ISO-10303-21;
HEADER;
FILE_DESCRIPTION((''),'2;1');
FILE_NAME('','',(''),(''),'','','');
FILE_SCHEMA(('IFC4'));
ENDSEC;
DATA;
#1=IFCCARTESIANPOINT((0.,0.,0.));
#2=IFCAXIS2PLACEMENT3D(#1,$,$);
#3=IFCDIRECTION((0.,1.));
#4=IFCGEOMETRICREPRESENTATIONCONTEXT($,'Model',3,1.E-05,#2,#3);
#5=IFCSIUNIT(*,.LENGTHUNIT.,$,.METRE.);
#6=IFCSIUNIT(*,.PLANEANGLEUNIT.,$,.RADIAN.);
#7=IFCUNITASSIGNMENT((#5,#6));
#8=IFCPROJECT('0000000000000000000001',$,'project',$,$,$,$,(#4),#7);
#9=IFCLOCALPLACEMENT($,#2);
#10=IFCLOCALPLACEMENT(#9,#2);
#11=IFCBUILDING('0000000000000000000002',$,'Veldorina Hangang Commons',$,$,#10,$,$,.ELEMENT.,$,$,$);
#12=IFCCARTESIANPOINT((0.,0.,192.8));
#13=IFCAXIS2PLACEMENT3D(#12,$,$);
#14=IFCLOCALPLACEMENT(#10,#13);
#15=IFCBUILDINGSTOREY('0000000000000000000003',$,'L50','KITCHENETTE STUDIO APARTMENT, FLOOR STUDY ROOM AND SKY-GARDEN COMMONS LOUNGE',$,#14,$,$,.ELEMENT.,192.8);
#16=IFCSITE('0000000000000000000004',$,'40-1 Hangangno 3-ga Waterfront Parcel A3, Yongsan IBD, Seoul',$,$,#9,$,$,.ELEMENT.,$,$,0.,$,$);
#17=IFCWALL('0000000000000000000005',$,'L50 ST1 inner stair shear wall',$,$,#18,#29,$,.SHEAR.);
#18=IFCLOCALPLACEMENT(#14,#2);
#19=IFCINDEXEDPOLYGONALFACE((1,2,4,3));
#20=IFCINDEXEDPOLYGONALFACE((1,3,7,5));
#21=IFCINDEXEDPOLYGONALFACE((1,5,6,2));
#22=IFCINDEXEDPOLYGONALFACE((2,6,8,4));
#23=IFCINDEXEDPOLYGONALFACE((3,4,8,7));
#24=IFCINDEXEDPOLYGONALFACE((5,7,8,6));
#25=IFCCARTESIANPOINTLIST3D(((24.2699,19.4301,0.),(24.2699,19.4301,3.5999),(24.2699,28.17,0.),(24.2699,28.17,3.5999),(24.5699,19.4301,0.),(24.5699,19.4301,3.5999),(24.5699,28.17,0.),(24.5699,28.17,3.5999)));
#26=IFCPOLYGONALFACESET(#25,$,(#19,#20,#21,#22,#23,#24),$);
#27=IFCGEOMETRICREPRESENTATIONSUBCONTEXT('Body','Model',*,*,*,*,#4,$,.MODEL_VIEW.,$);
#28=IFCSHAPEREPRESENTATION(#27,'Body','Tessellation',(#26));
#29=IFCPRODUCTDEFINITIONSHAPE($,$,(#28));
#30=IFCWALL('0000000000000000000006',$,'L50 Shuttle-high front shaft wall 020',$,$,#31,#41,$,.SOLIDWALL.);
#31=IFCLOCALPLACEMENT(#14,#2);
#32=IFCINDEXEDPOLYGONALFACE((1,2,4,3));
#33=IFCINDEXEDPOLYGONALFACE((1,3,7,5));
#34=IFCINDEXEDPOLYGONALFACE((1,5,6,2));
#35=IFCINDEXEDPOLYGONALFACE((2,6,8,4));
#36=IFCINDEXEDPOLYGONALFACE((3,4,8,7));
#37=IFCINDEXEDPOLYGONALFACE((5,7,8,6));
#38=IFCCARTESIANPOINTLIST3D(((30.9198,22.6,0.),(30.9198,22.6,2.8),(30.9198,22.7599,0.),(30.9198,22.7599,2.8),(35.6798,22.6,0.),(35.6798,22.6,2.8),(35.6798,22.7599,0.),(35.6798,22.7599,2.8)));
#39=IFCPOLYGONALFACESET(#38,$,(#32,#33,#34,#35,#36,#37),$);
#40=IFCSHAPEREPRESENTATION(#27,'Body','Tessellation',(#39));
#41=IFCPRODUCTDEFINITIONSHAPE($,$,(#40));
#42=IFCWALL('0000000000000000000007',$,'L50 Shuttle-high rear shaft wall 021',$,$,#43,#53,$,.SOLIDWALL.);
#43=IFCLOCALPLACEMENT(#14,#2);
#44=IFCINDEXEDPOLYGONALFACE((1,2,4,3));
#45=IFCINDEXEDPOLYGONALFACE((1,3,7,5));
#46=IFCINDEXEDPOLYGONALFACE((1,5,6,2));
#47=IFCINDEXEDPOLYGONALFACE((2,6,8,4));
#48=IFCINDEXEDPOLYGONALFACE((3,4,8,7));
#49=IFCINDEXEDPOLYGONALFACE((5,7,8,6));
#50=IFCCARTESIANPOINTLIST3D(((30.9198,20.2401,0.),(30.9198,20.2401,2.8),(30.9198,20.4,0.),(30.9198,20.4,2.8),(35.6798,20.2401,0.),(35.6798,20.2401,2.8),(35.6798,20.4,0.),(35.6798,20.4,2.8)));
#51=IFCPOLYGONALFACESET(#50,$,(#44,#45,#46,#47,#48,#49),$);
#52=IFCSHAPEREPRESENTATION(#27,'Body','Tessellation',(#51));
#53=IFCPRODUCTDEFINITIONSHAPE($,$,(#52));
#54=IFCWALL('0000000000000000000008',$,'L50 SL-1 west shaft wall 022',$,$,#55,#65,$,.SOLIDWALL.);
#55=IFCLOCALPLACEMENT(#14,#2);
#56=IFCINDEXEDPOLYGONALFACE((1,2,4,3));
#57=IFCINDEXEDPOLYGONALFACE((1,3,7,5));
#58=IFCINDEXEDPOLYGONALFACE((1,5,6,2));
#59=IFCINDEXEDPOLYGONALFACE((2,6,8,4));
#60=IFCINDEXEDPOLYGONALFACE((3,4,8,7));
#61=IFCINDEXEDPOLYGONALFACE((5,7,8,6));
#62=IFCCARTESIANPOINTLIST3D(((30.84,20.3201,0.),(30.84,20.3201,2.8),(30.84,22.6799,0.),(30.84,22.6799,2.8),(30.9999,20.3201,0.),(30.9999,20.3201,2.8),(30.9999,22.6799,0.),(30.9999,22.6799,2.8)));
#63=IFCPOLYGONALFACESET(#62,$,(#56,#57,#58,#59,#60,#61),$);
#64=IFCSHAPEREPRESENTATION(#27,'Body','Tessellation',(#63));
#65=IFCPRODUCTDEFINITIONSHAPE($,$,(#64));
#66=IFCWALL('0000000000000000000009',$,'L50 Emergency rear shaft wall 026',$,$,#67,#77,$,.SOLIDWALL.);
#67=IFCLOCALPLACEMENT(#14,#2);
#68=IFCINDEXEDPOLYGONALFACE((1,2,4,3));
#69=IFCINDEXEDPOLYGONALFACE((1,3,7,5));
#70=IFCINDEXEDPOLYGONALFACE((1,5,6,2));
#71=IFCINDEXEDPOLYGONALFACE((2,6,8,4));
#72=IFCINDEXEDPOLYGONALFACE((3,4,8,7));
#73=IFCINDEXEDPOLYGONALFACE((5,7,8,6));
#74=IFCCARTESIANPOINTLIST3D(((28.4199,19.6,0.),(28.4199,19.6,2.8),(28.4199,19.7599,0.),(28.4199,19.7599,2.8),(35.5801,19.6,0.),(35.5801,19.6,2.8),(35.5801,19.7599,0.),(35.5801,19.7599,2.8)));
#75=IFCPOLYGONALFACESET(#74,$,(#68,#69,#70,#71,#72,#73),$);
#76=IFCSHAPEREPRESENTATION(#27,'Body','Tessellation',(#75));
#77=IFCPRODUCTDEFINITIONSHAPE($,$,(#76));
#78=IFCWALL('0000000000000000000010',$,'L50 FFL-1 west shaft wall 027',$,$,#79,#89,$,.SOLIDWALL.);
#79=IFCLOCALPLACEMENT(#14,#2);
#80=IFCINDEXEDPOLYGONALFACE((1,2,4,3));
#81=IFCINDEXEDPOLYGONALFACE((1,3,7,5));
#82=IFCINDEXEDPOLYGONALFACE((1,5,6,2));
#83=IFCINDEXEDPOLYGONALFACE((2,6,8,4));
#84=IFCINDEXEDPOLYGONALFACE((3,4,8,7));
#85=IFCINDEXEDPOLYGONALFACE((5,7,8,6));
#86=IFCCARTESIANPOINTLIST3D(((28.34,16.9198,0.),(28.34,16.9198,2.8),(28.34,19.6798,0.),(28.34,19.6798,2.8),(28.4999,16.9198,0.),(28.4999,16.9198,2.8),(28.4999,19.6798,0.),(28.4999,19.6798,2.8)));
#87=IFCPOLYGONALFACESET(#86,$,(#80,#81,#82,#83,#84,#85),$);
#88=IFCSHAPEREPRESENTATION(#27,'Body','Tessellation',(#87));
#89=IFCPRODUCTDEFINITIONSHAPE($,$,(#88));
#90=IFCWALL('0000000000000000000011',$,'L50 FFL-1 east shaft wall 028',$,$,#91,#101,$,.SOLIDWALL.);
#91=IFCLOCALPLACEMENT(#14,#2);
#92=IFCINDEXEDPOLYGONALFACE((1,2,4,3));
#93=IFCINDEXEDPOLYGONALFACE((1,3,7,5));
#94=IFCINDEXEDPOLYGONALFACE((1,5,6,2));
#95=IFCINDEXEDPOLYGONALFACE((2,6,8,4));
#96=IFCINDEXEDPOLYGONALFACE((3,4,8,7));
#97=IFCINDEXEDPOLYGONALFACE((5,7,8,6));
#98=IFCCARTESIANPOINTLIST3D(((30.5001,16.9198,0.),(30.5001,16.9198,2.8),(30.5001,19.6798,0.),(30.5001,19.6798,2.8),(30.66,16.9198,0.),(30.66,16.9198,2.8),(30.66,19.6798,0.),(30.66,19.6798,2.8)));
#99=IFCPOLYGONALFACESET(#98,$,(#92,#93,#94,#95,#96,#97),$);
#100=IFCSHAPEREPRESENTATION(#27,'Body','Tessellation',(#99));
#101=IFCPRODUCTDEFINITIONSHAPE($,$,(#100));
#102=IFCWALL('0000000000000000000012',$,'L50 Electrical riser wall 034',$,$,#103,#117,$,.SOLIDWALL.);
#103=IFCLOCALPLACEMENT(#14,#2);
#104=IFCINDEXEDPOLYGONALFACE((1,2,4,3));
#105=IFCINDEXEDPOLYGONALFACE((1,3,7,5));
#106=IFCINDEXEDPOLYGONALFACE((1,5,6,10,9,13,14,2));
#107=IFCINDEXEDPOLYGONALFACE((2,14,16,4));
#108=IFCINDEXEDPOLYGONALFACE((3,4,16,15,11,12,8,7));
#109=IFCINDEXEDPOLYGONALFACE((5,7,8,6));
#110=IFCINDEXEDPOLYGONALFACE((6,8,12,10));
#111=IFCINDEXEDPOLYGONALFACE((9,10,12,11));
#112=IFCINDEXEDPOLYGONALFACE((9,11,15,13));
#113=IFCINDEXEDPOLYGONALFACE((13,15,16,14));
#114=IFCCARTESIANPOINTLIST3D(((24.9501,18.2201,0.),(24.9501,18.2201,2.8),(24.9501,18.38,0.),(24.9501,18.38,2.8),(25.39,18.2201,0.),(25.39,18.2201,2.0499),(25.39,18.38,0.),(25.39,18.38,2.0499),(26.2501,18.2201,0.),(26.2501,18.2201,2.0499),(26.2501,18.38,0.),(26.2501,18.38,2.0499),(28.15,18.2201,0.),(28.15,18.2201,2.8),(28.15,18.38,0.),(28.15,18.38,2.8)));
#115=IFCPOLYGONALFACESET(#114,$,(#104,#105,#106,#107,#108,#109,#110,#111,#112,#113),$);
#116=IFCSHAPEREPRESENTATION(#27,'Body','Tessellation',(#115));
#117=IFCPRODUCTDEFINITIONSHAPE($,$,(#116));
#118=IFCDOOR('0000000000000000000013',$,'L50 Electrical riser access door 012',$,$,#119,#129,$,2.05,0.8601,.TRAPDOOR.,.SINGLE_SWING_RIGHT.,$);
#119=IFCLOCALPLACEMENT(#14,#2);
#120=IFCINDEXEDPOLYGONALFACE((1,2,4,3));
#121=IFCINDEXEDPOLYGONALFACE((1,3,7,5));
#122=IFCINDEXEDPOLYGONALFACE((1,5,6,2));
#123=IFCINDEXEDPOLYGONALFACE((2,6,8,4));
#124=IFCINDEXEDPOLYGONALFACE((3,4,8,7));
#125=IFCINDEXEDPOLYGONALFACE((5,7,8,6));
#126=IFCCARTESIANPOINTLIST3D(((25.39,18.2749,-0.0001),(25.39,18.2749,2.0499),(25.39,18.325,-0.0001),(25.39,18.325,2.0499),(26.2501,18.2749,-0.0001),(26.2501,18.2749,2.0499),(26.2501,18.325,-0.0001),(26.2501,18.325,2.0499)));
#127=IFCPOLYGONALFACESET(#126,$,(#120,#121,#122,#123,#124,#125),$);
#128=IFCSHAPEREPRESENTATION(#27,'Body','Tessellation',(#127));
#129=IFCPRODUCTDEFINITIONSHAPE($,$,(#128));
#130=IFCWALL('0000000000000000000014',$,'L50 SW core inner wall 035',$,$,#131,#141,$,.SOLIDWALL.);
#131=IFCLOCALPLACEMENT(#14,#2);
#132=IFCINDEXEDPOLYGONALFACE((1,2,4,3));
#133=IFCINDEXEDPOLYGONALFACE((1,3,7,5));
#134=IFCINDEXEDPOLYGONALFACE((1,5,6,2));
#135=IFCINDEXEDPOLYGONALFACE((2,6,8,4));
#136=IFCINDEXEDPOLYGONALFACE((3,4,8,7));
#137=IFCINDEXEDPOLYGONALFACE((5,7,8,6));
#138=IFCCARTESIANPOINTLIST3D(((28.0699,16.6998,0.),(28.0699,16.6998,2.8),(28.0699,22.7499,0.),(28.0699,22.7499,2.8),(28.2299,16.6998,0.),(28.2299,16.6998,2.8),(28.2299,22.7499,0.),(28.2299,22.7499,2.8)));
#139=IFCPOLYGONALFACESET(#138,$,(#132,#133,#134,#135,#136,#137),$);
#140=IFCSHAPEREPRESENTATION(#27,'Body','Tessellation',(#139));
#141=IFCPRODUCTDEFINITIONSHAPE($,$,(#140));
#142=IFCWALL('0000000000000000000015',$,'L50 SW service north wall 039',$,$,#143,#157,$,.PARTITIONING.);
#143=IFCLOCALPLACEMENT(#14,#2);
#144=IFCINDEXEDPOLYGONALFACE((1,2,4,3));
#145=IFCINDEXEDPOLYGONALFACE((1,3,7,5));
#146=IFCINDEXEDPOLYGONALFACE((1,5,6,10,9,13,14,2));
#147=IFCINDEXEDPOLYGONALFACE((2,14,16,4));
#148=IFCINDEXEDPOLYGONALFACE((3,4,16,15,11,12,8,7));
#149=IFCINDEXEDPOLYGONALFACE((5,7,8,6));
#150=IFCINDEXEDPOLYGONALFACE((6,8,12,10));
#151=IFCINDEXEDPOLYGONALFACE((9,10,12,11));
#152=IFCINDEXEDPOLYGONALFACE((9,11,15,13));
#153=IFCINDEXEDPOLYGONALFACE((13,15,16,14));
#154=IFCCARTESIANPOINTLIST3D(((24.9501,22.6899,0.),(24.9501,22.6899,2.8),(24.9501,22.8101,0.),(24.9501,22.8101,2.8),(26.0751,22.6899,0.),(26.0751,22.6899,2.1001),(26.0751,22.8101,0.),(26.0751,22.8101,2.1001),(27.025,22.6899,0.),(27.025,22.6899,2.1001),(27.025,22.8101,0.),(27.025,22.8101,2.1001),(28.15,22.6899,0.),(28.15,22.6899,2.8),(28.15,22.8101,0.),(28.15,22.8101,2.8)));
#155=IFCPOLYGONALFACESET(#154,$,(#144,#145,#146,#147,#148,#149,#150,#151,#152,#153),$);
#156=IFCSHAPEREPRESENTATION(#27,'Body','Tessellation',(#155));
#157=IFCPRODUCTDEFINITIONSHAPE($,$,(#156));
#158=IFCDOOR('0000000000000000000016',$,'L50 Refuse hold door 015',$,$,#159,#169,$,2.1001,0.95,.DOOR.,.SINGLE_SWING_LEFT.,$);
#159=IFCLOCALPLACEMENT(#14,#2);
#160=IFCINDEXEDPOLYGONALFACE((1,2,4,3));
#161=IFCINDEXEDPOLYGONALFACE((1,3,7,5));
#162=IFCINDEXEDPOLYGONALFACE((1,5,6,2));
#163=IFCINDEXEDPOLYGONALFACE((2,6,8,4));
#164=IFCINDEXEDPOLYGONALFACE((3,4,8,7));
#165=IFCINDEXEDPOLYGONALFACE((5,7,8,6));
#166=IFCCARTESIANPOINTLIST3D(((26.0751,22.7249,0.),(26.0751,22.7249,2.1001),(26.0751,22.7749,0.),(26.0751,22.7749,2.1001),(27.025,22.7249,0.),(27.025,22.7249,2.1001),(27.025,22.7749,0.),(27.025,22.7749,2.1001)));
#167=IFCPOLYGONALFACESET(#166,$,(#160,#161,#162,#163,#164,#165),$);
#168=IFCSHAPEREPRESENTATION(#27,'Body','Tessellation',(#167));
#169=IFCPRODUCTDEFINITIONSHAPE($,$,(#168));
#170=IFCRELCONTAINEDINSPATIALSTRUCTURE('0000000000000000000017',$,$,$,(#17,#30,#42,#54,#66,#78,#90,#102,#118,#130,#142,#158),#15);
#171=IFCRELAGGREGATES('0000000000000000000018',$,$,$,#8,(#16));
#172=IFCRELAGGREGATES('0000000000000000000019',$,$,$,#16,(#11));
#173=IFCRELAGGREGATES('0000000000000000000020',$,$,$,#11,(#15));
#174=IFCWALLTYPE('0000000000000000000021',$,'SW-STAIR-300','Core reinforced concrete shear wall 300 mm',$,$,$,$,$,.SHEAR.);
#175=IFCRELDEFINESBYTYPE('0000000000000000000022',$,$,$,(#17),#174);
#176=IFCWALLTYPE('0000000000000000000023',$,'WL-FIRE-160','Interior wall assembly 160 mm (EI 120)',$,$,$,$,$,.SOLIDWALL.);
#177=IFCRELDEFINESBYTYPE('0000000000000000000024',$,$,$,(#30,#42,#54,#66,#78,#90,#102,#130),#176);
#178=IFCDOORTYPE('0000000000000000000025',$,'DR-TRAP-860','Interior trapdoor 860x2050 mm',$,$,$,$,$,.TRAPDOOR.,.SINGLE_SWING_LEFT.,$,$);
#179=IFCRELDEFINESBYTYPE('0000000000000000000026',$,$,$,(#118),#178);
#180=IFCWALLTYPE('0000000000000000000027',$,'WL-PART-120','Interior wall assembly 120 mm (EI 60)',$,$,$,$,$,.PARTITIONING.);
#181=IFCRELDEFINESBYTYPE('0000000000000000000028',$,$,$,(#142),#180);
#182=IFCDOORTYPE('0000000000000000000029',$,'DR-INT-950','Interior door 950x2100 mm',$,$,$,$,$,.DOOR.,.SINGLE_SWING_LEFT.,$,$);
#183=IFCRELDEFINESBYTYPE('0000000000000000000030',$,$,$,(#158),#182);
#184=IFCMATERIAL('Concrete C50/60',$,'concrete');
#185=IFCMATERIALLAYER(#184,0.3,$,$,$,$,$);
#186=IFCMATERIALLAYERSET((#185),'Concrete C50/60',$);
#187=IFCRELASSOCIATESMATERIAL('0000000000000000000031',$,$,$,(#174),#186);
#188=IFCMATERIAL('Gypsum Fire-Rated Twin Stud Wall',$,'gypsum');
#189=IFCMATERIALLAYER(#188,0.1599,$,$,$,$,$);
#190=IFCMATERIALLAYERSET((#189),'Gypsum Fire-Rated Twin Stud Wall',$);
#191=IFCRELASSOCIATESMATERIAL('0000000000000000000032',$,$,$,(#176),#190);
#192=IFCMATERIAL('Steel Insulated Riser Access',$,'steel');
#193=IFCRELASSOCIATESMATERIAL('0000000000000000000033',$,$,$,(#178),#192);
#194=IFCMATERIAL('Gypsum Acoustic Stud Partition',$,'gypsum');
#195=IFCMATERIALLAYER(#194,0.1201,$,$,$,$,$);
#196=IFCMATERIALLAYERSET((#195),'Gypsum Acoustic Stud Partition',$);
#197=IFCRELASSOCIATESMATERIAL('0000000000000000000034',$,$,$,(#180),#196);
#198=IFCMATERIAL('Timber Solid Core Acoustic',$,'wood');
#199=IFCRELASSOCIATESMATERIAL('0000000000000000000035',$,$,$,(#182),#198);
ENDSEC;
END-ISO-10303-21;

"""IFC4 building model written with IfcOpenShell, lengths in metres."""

from ifc_helpers import new_model, si_unit, direction, frame, frame_2d, origin, place, context, subcontext, project, spatial, rectangle, extrude, material, layer, layer_set, type_object, element, fill, save


model = new_model("IFC4")

# Units and contexts
model_context = context("Model", 3, precision=1e-05, world=origin(), true_north=direction((0.0, 1.0)))
body_context = subcontext(model_context, "Body", "Model", "MODEL_VIEW")
ifc_project = project(units=[si_unit("LENGTHUNIT", "METRE"), si_unit("PLANEANGLEUNIT", "RADIAN")], contexts=[model_context])

# Site, building, storey
site_placement = place(None, origin())
site = spatial("IfcSite", under=ifc_project, at=site_placement, Name="40-1 Hangangno 3-ga Waterfront Parcel A3, Yongsan IBD, Seoul", CompositionType="ELEMENT", RefElevation=0.0)
building_placement = place(site_placement, origin())
building = spatial("IfcBuilding", under=site, at=building_placement, Name="Veldorina Hangang Commons", CompositionType="ELEMENT")
storey_placement = place(building_placement, frame((0.0, 0.0, 192.8)))
storey = spatial("IfcBuildingStorey", under=building, at=storey_placement, Name="L50", Description="KITCHENETTE STUDIO APARTMENT, FLOOR STUDY ROOM AND SKY-GARDEN COMMONS LOUNGE", CompositionType="ELEMENT", Elevation=192.8)

# Walls
ifc_material_1 = material(Name="Concrete C50/60", Category="concrete")
ifc_layer_1 = layer(ifc_material_1, 0.3)
ifc_layer_set_1 = layer_set([ifc_layer_1], Name="Concrete C50/60")
wall_type_1 = type_object("IfcWallType", Name="SW-STAIR-300", Description="Core reinforced concrete shear wall 300 mm", PredefinedType="SHEAR", material=ifc_layer_set_1)
wall_1_placement = place(storey_placement, frame((24.4199, 19.4299, 0.0), z_axis=(0.0, 0.0, 1.0), x_axis=(0.0, 1.0, 0.0)))
element("IfcWall", 1, at=wall_1_placement, inside=storey, type_object=wall_type_1, Name="L50 ST1 inner stair shear wall", PredefinedType="SHEAR", context=body_context, shape_type="SweptSolid", body=[
    extrude(rectangle(XDim=8.74, YDim=0.3, at=frame_2d((4.3701, 0.0))), origin(), (0.0, 0.0, 1.0), 3.5999),
])
ifc_material_2 = material(Name="Gypsum Fire-Rated Twin Stud Wall", Category="gypsum")
ifc_layer_2 = layer(ifc_material_2, 0.1599)
ifc_layer_set_2 = layer_set([ifc_layer_2], Name="Gypsum Fire-Rated Twin Stud Wall")
wall_type_2 = type_object("IfcWallType", Name="WL-FIRE-160", Description="Interior wall assembly 160 mm (EI 120)", PredefinedType="SOLIDWALL", material=ifc_layer_set_2)
for number, where, z_axis, x_axis, name in (
    (2, (30.9199, 22.6799, 0.0), (0.0, 0.0, 1.0), (1.0, 0.0, 0.0), "L50 Shuttle-high front shaft wall 020"),
    (3, (30.9199, 20.3201, 0.0), (0.0, 0.0, 1.0), (1.0, 0.0, 0.0), "L50 Shuttle-high rear shaft wall 021"),
):
    element("IfcWall", number, at=place(storey_placement, frame(where, z_axis=z_axis, x_axis=x_axis)), inside=storey, type_object=wall_type_2, Name=name, PredefinedType="SOLIDWALL", context=body_context, shape_type="SweptSolid", body=[
        extrude(rectangle(XDim=4.76, YDim=0.1599, at=frame_2d((2.3799, 0.0))), origin(), (0.0, 0.0, 1.0), 2.8),
    ])
wall_2_placement = place(storey_placement, frame((30.9199, 20.3201, 0.0), z_axis=(0.0, 0.0, 1.0), x_axis=(0.0, 1.0, 0.0)))
element("IfcWall", 4, at=wall_2_placement, inside=storey, type_object=wall_type_2, Name="L50 SL-1 west shaft wall 022", PredefinedType="SOLIDWALL", context=body_context, shape_type="SweptSolid", body=[
    extrude(rectangle(XDim=2.3599, YDim=0.1599, at=frame_2d((1.1799, 0.0))), origin(), (0.0, 0.0, 1.0), 2.8),
])

# Walls
wall_3_placement = place(storey_placement, frame((28.4199, 19.6799, 0.0), z_axis=(0.0, 0.0, 1.0), x_axis=(1.0, 0.0, 0.0)))
element("IfcWall", 5, at=wall_3_placement, inside=storey, type_object=wall_type_2, Name="L50 Emergency rear shaft wall 026", PredefinedType="SOLIDWALL", context=body_context, shape_type="SweptSolid", body=[
    extrude(rectangle(XDim=7.1602, YDim=0.1599, at=frame_2d((3.5801, 0.0))), origin(), (0.0, 0.0, 1.0), 2.8),
])
for number, where, z_axis, x_axis, name in (
    (6, (28.4199, 16.9199, 0.0), (0.0, 0.0, 1.0), (0.0, 1.0, 0.0), "L50 FFL-1 west shaft wall 027"),
    (7, (30.5801, 16.9199, 0.0), (0.0, 0.0, 1.0), (0.0, 1.0, 0.0), "L50 FFL-1 east shaft wall 028"),
):
    element("IfcWall", number, at=place(storey_placement, frame(where, z_axis=z_axis, x_axis=x_axis)), inside=storey, type_object=wall_type_2, Name=name, PredefinedType="SOLIDWALL", context=body_context, shape_type="SweptSolid", body=[
        extrude(rectangle(XDim=2.76, YDim=0.1599, at=frame_2d((1.3799, 0.0))), origin(), (0.0, 0.0, 1.0), 2.8),
    ])

# Wall, opening, door
wall_4_placement = place(storey_placement, frame((24.95, 18.3, 0.0), z_axis=(0.0, 0.0, 1.0), x_axis=(1.0, 0.0, 0.0)))
wall_4 = element("IfcWall", 8, at=wall_4_placement, inside=storey, type_object=wall_type_2, Name="L50 Electrical riser wall 034", PredefinedType="SOLIDWALL", context=body_context, shape_type="SweptSolid", body=[
    extrude(rectangle(XDim=3.2, YDim=0.1599, at=frame_2d((1.6001, 0.0))), origin(), (0.0, 0.0, 1.0), 2.8),
])
opening_1_placement = place(wall_4_placement, frame((0.4399, 0.0, 0.0)))
opening_1 = element("IfcOpeningElement", 9, at=opening_1_placement, cuts=wall_4, PredefinedType="OPENING", context=body_context, shape_type="SweptSolid", body=[
    extrude(rectangle(XDim=0.8601, YDim=2.05, at=frame_2d((0.4302, 1.0249))), frame((0.0, 0.0898, 0.0), z_axis=(0.0, -1.0, 0.0), x_axis=(1.0, 0.0, 0.0)), (0.0, 0.0, 1.0), 0.1799),
])
ifc_material_3 = material(Name="Steel Insulated Riser Access", Category="steel")
door_type_1 = type_object("IfcDoorType", Name="DR-TRAP-860", Description="Interior trapdoor 860x2050 mm", OperationType="SINGLE_SWING_LEFT", PredefinedType="TRAPDOOR", material=ifc_material_3)
door_1_placement = place(opening_1_placement, origin())
door_1 = element("IfcDoor", 10, at=door_1_placement, inside=storey, type_object=door_type_1, Name="L50 Electrical riser access door 012", OperationType="SINGLE_SWING_RIGHT", OverallHeight=2.05, OverallWidth=0.8601, PredefinedType="TRAPDOOR", context=body_context, shape_type="SweptSolid", body=[
    extrude(rectangle(XDim=0.8601, YDim=2.05, at=frame_2d((0.4302, 1.0249))), frame((0.0, 0.0249, 0.0), z_axis=(0.0, -1.0, 0.0), x_axis=(1.0, 0.0, 0.0)), (0.0, 0.0, 1.0), 0.05),
])
fill(opening_1, door_1)

# Wall
wall_5_placement = place(storey_placement, frame((28.1499, 16.7, 0.0), z_axis=(0.0, 0.0, 1.0), x_axis=(0.0, 1.0, 0.0)))
element("IfcWall", 11, at=wall_5_placement, inside=storey, type_object=wall_type_2, Name="L50 SW core inner wall 035", PredefinedType="SOLIDWALL", context=body_context, shape_type="SweptSolid", body=[
    extrude(rectangle(XDim=6.05, YDim=0.1599, at=frame_2d((3.0249, 0.0))), origin(), (0.0, 0.0, 1.0), 2.8),
])

# Wall, opening, door
ifc_material_4 = material(Name="Gypsum Acoustic Stud Partition", Category="gypsum")
ifc_layer_3 = layer(ifc_material_4, 0.1201)
ifc_layer_set_3 = layer_set([ifc_layer_3], Name="Gypsum Acoustic Stud Partition")
wall_type_3 = type_object("IfcWallType", Name="WL-PART-120", Description="Interior wall assembly 120 mm (EI 60)", PredefinedType="PARTITIONING", material=ifc_layer_set_3)
wall_6_placement = place(storey_placement, frame((24.95, 22.75, 0.0), z_axis=(0.0, 0.0, 1.0), x_axis=(1.0, 0.0, 0.0)))
wall_6 = element("IfcWall", 12, at=wall_6_placement, inside=storey, type_object=wall_type_3, Name="L50 SW service north wall 039", PredefinedType="PARTITIONING", context=body_context, shape_type="SweptSolid", body=[
    extrude(rectangle(XDim=3.2, YDim=0.1201, at=frame_2d((1.6001, 0.0))), origin(), (0.0, 0.0, 1.0), 2.8),
])
opening_2_placement = place(wall_6_placement, frame((1.125, 0.0, 0.0)))
opening_2 = element("IfcOpeningElement", 13, at=opening_2_placement, cuts=wall_6, PredefinedType="OPENING", context=body_context, shape_type="SweptSolid", body=[
    extrude(rectangle(XDim=0.95, YDim=2.1001, at=frame_2d((0.4751, 1.05))), frame((0.0, 0.0701, 0.0), z_axis=(0.0, -1.0, 0.0), x_axis=(1.0, 0.0, 0.0)), (0.0, 0.0, 1.0), 0.1401),
])
ifc_material_5 = material(Name="Timber Solid Core Acoustic", Category="wood")
door_type_2 = type_object("IfcDoorType", Name="DR-INT-950", Description="Interior door 950x2100 mm", OperationType="SINGLE_SWING_LEFT", PredefinedType="DOOR", material=ifc_material_5)
door_2_placement = place(opening_2_placement, origin())
door_2 = element("IfcDoor", 14, at=door_2_placement, inside=storey, type_object=door_type_2, Name="L50 Refuse hold door 015", OperationType="SINGLE_SWING_LEFT", OverallHeight=2.1001, OverallWidth=0.95, PredefinedType="DOOR", context=body_context, shape_type="SweptSolid", body=[
    extrude(rectangle(XDim=0.95, YDim=2.1001, at=frame_2d((0.4751, 1.05))), frame((0.0, 0.0249, 0.0), z_axis=(0.0, -1.0, 0.0), x_axis=(1.0, 0.0, 0.0)), (0.0, 0.0, 1.0), 0.05),
])
fill(opening_2, door_2)

save(model, "model.ifc")
